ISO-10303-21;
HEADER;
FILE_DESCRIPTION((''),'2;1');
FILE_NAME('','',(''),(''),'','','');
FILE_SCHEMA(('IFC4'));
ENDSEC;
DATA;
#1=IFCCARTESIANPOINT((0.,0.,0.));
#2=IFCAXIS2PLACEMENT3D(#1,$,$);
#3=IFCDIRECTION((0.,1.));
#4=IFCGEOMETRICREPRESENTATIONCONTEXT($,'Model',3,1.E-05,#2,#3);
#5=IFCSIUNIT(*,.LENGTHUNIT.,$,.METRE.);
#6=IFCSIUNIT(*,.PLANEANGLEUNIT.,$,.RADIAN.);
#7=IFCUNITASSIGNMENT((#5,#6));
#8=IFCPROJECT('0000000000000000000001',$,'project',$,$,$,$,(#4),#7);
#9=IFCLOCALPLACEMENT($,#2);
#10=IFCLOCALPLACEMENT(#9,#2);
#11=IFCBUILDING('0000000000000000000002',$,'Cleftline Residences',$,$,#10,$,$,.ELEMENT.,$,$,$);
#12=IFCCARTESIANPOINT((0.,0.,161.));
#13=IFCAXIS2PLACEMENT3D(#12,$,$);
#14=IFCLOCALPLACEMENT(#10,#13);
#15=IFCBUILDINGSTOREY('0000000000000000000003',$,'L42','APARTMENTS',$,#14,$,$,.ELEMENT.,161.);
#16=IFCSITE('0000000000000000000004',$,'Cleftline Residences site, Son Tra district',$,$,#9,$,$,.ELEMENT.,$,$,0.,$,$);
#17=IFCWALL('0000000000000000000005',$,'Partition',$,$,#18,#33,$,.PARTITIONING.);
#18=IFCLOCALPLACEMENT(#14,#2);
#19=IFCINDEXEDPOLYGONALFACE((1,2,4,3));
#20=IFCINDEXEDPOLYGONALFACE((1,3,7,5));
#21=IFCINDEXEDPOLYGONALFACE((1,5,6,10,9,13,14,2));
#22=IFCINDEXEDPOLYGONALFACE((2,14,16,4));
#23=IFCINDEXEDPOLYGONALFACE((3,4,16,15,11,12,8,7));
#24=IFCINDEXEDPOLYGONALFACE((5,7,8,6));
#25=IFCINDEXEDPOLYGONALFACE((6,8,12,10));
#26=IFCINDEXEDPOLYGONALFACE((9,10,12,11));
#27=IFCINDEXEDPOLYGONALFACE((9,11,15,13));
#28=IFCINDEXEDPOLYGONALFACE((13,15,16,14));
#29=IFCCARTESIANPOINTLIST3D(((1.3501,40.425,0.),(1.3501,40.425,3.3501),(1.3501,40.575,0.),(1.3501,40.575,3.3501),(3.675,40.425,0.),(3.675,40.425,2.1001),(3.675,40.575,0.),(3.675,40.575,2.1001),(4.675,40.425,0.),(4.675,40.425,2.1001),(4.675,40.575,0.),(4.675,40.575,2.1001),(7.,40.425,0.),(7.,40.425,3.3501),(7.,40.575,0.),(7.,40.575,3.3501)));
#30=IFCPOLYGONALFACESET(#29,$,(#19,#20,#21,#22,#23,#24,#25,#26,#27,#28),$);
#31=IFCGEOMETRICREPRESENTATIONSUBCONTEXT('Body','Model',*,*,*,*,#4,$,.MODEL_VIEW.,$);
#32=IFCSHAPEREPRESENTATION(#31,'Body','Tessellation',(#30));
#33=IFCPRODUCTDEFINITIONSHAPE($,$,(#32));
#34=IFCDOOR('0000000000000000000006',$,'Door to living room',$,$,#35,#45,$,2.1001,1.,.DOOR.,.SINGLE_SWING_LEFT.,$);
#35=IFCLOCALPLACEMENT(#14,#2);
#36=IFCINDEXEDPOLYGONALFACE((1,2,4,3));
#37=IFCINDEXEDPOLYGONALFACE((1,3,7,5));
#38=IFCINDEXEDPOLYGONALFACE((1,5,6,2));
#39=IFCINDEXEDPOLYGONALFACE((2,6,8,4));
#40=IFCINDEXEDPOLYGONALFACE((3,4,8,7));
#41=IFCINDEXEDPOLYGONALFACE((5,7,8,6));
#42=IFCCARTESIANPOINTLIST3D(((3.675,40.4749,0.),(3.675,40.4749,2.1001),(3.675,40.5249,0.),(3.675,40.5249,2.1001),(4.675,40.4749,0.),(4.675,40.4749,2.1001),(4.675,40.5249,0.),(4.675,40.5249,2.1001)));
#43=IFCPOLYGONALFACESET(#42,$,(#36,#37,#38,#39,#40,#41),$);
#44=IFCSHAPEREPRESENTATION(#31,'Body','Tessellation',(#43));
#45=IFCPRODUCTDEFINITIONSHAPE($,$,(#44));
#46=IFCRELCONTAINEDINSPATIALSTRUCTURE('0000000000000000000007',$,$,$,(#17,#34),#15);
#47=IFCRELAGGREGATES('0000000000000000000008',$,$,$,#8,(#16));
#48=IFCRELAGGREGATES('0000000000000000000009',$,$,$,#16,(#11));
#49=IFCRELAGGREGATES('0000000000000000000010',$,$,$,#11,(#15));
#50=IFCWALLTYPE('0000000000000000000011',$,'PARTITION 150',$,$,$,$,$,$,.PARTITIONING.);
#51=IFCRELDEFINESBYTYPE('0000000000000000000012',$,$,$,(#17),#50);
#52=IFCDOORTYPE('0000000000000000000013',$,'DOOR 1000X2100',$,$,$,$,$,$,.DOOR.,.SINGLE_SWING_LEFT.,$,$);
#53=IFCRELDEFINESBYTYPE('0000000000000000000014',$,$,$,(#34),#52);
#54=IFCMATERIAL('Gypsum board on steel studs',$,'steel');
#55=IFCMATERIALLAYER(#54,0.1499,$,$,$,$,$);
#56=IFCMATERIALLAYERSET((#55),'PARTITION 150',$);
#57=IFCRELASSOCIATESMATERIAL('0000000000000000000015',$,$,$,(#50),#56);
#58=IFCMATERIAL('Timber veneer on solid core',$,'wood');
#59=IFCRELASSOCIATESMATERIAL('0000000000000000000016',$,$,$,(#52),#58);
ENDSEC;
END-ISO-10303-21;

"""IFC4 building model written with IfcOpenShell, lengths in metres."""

from ifc_helpers import new_model, si_unit, direction, frame, frame_2d, origin, place, context, subcontext, project, spatial, rectangle, extrude, material, layer, layer_set, type_object, element, fill, save


model = new_model("IFC4")

# Units and contexts
model_context = context("Model", 3, precision=1e-05, world=origin(), true_north=direction((0.0, 1.0)))
body_context = subcontext(model_context, "Body", "Model", "MODEL_VIEW")
ifc_project = project(units=[si_unit("LENGTHUNIT", "METRE"), si_unit("PLANEANGLEUNIT", "RADIAN")], contexts=[model_context])

# Site, building, storey
site_placement = place(None, origin())
site = spatial("IfcSite", under=ifc_project, at=site_placement, Name="Cleftline Residences site, Son Tra district", CompositionType="ELEMENT", RefElevation=0.0)
building_placement = place(site_placement, origin())
building = spatial("IfcBuilding", under=site, at=building_placement, Name="Cleftline Residences", CompositionType="ELEMENT")
storey_placement = place(building_placement, frame((0.0, 0.0, 161.0)))
storey = spatial("IfcBuildingStorey", under=building, at=storey_placement, Name="L42", Description="APARTMENTS", CompositionType="ELEMENT", Elevation=161.0)

# Wall, opening, door
ifc_material_1 = material(Name="Gypsum board on steel studs", Category="steel")
ifc_layer_1 = layer(ifc_material_1, 0.1499)
ifc_layer_set_1 = layer_set([ifc_layer_1], Name="PARTITION 150")
wall_type_1 = type_object("IfcWallType", Name="PARTITION 150", PredefinedType="PARTITIONING", material=ifc_layer_set_1)
wall_1_placement = place(storey_placement, frame((1.3501, 40.5, 0.0), z_axis=(0.0, 0.0, 1.0), x_axis=(1.0, 0.0, 0.0)))
wall_1 = element("IfcWall", 1, at=wall_1_placement, inside=storey, type_object=wall_type_1, Name="Partition", PredefinedType="PARTITIONING", context=body_context, shape_type="SweptSolid", body=[
    extrude(rectangle(XDim=5.6499, YDim=0.1499, at=frame_2d((2.825, 0.0))), origin(), (0.0, 0.0, 1.0), 3.3501),
])
opening_1_placement = place(wall_1_placement, frame((2.325, 0.0, 0.0)))
opening_1 = element("IfcOpeningElement", 2, at=opening_1_placement, cuts=wall_1, PredefinedType="OPENING", context=body_context, shape_type="SweptSolid", body=[
    extrude(rectangle(XDim=1.0, YDim=2.1001, at=frame_2d((0.5, 1.05))), frame((0.0, 0.085, 0.0), z_axis=(0.0, -1.0, 0.0), x_axis=(1.0, 0.0, 0.0)), (0.0, 0.0, 1.0), 0.1699),
])
ifc_material_2 = material(Name="Timber veneer on solid core", Category="wood")
door_type = type_object("IfcDoorType", Name="DOOR 1000X2100", OperationType="SINGLE_SWING_LEFT", PredefinedType="DOOR", material=ifc_material_2)
door_placement = place(opening_1_placement, origin())
door = element("IfcDoor", 3, at=door_placement, inside=storey, type_object=door_type, Name="Door to living room", OperationType="SINGLE_SWING_LEFT", OverallHeight=2.1001, OverallWidth=1.0, PredefinedType="DOOR", context=body_context, shape_type="SweptSolid", body=[
    extrude(rectangle(XDim=1.0, YDim=2.1001, at=frame_2d((0.5, 1.05))), frame((0.0, 0.0249, 0.0), z_axis=(0.0, -1.0, 0.0), x_axis=(1.0, 0.0, 0.0)), (0.0, 0.0, 1.0), 0.05),
])
fill(opening_1, door)

save(model, "model.ifc")
